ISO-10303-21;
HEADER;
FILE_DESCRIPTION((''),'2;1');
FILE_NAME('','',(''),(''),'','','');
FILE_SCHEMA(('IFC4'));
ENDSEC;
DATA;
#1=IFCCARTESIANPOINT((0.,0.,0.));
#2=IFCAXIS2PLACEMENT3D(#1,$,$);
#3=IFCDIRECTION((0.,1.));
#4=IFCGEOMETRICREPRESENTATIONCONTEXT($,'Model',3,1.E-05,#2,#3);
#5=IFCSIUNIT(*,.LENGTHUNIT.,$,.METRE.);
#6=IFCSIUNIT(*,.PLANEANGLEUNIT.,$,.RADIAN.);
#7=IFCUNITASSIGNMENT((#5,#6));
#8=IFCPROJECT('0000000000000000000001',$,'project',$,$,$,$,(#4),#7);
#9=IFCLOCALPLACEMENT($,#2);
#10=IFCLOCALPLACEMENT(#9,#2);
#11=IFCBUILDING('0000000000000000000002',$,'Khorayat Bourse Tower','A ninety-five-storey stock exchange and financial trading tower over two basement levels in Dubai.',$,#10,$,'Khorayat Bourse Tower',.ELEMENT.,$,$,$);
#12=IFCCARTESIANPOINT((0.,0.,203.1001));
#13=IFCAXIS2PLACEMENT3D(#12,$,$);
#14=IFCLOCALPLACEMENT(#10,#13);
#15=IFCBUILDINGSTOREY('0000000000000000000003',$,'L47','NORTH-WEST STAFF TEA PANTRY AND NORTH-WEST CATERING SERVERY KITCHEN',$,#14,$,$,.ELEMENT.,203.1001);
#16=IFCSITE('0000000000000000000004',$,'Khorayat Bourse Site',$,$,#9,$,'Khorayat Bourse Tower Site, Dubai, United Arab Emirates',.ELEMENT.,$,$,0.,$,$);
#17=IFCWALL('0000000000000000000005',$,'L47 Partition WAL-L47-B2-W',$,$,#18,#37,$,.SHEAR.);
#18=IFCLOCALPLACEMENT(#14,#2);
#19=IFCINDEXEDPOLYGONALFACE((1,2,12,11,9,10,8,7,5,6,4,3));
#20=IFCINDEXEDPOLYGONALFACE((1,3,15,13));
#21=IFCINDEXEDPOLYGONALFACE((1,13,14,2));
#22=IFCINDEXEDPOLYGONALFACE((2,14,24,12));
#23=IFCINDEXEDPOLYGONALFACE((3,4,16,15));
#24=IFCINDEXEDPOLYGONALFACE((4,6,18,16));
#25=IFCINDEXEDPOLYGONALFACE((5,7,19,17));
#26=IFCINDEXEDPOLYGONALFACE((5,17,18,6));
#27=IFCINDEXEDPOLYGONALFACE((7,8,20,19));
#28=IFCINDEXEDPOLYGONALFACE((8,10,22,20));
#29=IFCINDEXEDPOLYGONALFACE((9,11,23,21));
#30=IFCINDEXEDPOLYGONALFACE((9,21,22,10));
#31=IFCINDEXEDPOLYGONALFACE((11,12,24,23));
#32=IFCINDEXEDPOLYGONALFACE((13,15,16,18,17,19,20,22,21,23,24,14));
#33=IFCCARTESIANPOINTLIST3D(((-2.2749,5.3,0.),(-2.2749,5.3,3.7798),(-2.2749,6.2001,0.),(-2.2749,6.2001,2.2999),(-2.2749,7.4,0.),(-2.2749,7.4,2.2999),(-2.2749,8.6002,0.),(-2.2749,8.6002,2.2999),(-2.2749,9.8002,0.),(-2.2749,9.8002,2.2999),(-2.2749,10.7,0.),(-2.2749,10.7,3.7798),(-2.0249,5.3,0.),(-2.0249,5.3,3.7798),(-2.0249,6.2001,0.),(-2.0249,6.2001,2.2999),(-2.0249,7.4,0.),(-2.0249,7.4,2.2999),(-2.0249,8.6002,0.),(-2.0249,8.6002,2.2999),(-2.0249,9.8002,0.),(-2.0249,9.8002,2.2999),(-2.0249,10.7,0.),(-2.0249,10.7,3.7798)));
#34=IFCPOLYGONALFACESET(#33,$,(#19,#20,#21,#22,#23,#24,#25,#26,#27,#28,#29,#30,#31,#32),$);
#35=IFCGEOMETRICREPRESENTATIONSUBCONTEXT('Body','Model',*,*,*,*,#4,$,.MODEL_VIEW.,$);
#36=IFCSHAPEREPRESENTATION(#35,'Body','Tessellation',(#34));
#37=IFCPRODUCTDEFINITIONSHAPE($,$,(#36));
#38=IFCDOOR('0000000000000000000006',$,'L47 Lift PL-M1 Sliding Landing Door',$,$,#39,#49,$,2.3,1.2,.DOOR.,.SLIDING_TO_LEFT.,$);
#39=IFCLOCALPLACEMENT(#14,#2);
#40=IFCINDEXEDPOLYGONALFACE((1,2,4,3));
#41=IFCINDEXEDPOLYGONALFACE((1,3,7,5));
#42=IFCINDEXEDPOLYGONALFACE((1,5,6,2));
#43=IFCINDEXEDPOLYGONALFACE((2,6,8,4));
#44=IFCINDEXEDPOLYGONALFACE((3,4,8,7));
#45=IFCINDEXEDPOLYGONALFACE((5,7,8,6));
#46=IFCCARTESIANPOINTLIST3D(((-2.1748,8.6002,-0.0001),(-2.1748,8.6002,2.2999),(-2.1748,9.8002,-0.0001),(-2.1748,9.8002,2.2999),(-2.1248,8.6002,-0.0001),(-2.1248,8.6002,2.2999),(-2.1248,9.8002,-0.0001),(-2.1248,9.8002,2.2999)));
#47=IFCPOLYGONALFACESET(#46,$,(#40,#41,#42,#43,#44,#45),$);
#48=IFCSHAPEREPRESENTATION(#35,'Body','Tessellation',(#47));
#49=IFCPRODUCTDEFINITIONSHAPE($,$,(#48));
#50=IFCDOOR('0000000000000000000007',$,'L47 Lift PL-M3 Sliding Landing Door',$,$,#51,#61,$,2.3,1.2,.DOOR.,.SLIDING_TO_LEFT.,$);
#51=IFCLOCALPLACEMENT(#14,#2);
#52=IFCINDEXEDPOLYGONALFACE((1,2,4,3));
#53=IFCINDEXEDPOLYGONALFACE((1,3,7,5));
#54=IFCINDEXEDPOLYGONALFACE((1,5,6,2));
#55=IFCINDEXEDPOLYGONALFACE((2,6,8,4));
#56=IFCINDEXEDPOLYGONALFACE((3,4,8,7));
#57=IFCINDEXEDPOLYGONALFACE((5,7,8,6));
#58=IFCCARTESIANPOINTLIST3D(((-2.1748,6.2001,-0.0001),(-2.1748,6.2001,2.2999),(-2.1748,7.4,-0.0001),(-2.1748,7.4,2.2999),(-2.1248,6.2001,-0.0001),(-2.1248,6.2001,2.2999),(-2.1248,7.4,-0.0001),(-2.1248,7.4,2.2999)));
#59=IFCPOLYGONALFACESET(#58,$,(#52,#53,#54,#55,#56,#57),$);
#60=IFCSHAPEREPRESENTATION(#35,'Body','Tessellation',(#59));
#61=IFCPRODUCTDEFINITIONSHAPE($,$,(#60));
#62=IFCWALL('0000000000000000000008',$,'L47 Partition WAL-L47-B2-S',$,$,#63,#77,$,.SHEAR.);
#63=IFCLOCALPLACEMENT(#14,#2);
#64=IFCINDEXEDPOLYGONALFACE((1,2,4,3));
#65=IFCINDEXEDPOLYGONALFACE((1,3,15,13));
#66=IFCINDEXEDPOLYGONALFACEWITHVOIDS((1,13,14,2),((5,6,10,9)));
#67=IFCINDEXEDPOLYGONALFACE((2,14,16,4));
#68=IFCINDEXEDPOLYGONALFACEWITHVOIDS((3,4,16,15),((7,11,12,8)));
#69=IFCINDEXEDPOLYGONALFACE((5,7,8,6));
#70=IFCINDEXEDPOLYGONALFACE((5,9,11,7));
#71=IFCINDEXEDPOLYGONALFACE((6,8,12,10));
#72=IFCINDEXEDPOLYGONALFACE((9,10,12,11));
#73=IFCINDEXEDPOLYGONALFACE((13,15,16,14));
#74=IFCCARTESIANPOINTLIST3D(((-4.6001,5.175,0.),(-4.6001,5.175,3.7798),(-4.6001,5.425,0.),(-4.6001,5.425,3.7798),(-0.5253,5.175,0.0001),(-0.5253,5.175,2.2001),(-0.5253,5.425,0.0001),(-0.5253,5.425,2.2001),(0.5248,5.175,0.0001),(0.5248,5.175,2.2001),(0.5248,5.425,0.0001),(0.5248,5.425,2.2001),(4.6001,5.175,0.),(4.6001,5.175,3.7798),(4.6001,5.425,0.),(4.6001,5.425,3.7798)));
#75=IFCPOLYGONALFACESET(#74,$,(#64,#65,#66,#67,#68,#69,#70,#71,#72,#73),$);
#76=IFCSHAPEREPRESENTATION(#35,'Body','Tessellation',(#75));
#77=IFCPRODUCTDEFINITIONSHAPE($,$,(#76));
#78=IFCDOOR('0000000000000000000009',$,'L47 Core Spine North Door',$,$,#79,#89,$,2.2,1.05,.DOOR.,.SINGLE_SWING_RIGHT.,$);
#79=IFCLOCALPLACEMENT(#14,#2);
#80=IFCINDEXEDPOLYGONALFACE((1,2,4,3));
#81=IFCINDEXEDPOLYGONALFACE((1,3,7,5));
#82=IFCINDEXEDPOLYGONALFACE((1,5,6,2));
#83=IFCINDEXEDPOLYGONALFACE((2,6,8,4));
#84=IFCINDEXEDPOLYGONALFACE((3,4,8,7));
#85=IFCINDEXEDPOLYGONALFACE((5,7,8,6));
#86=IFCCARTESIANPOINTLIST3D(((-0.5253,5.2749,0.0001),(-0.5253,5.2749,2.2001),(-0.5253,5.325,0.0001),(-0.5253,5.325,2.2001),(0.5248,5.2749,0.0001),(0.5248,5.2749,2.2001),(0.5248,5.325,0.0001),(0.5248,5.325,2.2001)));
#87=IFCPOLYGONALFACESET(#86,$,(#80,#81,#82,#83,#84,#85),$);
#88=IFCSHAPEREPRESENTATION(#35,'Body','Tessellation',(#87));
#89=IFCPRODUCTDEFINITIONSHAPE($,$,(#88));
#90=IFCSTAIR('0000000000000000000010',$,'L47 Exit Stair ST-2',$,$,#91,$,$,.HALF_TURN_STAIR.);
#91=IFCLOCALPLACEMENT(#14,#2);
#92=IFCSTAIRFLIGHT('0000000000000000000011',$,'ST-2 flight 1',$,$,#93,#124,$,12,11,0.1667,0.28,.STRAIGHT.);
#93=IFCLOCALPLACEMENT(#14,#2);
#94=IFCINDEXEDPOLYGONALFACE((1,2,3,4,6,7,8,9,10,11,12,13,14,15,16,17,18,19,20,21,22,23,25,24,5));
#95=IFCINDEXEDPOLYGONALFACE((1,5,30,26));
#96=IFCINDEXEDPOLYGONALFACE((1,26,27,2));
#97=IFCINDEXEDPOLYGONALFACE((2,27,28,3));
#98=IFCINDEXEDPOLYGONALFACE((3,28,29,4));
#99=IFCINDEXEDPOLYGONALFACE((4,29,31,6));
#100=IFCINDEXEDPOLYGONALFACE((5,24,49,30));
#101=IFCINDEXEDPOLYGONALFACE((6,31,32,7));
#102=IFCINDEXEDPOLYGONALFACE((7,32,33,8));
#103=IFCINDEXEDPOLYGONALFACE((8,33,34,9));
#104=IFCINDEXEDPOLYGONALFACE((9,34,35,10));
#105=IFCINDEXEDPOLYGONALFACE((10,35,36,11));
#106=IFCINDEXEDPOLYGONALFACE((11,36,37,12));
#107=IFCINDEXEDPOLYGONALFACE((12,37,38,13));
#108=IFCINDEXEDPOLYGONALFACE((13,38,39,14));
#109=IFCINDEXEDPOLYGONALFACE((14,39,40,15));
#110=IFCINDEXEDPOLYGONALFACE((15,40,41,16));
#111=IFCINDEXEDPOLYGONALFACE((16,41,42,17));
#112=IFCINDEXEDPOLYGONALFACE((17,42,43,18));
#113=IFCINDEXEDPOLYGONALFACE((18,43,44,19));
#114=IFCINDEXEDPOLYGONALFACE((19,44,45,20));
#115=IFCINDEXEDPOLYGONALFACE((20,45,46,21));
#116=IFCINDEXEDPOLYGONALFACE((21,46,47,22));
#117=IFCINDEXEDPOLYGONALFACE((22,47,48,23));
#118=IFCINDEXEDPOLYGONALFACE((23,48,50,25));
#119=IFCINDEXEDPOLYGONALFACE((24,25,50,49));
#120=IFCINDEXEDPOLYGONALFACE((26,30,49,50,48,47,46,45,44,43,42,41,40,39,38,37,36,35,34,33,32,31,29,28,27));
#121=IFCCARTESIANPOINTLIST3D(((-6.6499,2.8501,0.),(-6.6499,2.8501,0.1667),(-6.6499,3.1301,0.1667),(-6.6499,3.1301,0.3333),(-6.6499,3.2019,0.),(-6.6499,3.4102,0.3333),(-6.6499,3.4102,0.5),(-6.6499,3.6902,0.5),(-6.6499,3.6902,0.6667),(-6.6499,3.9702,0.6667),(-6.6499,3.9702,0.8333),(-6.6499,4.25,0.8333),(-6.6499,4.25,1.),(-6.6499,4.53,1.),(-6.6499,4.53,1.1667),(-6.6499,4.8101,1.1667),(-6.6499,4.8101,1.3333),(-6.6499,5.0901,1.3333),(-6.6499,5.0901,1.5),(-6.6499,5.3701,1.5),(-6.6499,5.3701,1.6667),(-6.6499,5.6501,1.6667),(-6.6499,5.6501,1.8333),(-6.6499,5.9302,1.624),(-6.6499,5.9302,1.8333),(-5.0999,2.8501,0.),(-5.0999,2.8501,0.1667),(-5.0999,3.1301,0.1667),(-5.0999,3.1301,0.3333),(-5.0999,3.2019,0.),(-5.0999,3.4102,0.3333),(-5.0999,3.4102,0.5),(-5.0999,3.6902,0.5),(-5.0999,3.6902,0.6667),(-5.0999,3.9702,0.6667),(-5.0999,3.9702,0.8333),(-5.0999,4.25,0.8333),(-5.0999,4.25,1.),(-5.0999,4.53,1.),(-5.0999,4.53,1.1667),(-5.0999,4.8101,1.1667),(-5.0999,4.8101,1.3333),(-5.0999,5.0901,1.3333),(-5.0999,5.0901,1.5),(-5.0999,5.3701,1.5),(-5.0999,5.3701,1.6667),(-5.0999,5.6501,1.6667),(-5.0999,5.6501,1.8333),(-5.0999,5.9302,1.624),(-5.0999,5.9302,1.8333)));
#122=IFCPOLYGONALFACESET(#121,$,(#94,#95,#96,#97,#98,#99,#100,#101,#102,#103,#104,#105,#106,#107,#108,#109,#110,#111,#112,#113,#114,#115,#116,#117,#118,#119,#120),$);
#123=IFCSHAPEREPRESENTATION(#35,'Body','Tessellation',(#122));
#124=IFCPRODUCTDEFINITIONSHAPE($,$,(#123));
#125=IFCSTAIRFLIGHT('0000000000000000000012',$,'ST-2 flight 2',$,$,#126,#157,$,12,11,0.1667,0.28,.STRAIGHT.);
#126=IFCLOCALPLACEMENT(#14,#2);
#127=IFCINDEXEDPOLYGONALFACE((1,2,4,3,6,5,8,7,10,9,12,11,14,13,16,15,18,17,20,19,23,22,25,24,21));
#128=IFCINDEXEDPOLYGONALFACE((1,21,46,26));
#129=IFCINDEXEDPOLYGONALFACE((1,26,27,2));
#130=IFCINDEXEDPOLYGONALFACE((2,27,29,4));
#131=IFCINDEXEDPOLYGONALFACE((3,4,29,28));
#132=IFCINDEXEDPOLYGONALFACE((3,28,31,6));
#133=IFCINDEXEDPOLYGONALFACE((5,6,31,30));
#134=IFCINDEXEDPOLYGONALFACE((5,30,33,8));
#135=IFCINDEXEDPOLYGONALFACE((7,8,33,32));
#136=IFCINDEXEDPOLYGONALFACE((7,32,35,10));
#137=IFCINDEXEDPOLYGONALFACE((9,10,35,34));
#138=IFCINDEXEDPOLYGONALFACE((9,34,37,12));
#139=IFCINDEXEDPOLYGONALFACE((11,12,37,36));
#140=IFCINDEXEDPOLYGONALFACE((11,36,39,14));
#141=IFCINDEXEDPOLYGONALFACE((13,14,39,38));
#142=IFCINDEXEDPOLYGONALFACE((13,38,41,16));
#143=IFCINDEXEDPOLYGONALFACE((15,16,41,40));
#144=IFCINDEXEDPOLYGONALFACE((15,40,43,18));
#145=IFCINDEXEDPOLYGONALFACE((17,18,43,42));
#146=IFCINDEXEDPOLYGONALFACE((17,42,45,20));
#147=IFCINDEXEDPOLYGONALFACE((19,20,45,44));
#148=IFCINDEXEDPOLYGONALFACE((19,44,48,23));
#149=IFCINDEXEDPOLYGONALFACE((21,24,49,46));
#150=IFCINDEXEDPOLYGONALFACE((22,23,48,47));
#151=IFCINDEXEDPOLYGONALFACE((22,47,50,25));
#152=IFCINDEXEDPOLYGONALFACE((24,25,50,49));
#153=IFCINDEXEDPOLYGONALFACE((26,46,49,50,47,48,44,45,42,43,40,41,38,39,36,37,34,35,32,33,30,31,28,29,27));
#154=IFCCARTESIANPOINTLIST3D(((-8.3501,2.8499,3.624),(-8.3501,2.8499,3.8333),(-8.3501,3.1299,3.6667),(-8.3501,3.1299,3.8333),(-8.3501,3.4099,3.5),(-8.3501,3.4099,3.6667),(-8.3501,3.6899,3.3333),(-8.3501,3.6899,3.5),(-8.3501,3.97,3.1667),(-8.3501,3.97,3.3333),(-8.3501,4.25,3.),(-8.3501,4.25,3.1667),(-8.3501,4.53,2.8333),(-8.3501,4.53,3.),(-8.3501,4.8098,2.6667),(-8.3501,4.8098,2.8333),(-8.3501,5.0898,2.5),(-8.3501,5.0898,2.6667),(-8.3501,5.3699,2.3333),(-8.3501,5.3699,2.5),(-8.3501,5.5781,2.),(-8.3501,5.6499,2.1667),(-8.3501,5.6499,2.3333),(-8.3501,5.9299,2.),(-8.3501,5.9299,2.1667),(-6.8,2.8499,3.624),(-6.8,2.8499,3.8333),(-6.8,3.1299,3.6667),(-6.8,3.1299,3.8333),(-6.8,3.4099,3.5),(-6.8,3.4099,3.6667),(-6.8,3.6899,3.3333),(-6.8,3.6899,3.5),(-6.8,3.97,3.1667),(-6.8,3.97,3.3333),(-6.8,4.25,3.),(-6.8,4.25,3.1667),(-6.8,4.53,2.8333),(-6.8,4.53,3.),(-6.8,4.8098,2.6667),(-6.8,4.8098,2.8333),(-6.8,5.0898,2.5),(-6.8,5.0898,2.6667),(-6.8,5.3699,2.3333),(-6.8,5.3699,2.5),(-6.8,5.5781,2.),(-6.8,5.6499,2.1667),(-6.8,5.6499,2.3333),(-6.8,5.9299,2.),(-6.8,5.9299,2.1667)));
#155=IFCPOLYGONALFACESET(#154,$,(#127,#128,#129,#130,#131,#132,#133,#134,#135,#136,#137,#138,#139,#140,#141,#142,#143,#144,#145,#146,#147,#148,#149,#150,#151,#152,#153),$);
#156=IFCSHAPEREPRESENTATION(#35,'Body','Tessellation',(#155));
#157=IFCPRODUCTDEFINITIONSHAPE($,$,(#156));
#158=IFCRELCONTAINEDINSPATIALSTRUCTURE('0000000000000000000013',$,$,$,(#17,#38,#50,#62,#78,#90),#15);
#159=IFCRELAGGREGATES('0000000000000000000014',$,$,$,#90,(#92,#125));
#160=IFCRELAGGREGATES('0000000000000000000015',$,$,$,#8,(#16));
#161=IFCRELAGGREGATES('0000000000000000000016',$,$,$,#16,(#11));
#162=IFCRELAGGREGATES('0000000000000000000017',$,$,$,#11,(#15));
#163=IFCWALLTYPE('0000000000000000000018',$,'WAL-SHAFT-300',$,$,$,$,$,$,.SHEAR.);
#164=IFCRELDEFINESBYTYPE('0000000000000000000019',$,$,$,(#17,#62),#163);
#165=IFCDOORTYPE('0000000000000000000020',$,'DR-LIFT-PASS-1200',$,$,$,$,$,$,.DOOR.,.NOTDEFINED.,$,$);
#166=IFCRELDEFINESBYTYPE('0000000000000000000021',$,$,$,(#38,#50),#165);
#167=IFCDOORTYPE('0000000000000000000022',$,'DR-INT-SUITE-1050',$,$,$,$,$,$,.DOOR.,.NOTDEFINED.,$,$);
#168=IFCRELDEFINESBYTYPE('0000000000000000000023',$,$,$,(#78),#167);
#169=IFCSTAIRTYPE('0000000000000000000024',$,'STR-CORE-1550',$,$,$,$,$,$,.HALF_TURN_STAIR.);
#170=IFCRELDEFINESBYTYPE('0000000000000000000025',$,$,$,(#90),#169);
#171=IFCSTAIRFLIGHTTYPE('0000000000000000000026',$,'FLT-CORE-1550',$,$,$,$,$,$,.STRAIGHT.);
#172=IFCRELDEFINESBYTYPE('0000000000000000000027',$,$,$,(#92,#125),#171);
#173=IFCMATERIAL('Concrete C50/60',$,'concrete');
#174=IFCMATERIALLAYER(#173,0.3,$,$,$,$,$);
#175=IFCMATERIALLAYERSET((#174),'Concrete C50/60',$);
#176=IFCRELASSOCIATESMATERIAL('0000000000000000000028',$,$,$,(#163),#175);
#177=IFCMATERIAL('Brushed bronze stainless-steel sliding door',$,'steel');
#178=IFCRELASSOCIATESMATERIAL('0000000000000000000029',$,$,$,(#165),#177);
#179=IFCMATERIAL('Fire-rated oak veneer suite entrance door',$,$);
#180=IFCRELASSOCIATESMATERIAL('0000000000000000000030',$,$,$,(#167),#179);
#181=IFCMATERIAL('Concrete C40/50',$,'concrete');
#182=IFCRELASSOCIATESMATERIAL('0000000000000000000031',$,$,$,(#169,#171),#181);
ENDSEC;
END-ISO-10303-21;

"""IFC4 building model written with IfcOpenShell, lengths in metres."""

from ifc_helpers import new_model, si_unit, direction, frame, frame_2d, origin, place, context, subcontext, project, spatial, polyline, rectangle, outline, extrude, source, transform, mapped, material, layer, layer_set, type_object, element, fill, aggregate, save


model = new_model("IFC4")

# Units and contexts
model_context = context("Model", 3, precision=1e-05, world=origin(), true_north=direction((0.0, 1.0)))
body_context = subcontext(model_context, "Body", "Model", "MODEL_VIEW")
ifc_project = project(units=[si_unit("LENGTHUNIT", "METRE"), si_unit("PLANEANGLEUNIT", "RADIAN")], contexts=[model_context])

# Site, building, storey
site_placement = place(None, origin())
site = spatial("IfcSite", under=ifc_project, at=site_placement, Name="Khorayat Bourse Site", LongName="Khorayat Bourse Tower Site, Dubai, United Arab Emirates", CompositionType="ELEMENT", RefElevation=0.0)
building_placement = place(site_placement, origin())
building = spatial("IfcBuilding", under=site, at=building_placement, Name="Khorayat Bourse Tower", Description="A ninety-five-storey stock exchange and financial trading tower over two basement levels in Dubai.", LongName="Khorayat Bourse Tower", CompositionType="ELEMENT")
storey_placement = place(building_placement, frame((0.0, 0.0, 203.1001)))
storey = spatial("IfcBuildingStorey", under=building, at=storey_placement, Name="L47", Description="NORTH-WEST STAFF TEA PANTRY AND NORTH-WEST CATERING SERVERY KITCHEN", CompositionType="ELEMENT", Elevation=203.1001)

# Shared definitions
ifc_material_1 = material(Name="Concrete C40/50", Category="concrete")

# Shared definitions
ifc_material_2 = material(Name="Concrete C50/60", Category="concrete")
ifc_layer_1 = layer(ifc_material_2, 0.3)
ifc_layer_set_1 = layer_set([ifc_layer_1], Name="Concrete C50/60")
wall_type_1 = type_object("IfcWallType", Name="WAL-SHAFT-300", PredefinedType="SHEAR", material=ifc_layer_set_1)

# Wall, openings, doors
shared_shape_1 = source(origin(), body_context, "Body", "SweptSolid", [
    extrude(rectangle(XDim=5.3999, YDim=0.25, at=frame_2d((2.7, 0.0))), origin(), (0.0, 0.0, 1.0), 3.7798),
])
wall_1_placement = place(storey_placement, frame((-2.1499, 5.3, 0.0), z_axis=(0.0, 0.0, 1.0), x_axis=(0.0, 1.0, 0.0)))
wall_1 = element("IfcWall", 1, at=wall_1_placement, inside=storey, type_object=wall_type_1, Name="L47 Partition WAL-L47-B2-W", PredefinedType="SHEAR", context=body_context, shape_type="MappedRepresentation", body=[
    mapped(shared_shape_1, transform((0.0, 0.0, 0.0), scale=1.0)),
])
shared_shape_2 = source(origin(), body_context, "Body", "SweptSolid", [
    extrude(rectangle(XDim=1.2, YDim=2.3, at=frame_2d((0.6001, 1.1499))), frame((0.0, 0.135, 0.0), z_axis=(0.0, -1.0, 0.0), x_axis=(1.0, 0.0, 0.0)), (0.0, 0.0, 1.0), 0.27),
])
opening_1_placement = place(wall_1_placement, frame((3.3, 0.0, 0.0)))
opening_1 = element("IfcOpeningElement", 2, at=opening_1_placement, cuts=wall_1, PredefinedType="OPENING", context=body_context, shape_type="MappedRepresentation", body=[
    mapped(shared_shape_2, transform((0.0, 0.0, 0.0), scale=1.0)),
])
opening_2_placement = place(wall_1_placement, frame((0.8999, 0.0, 0.0)))
opening_2 = element("IfcOpeningElement", 3, at=opening_2_placement, cuts=wall_1, PredefinedType="OPENING", context=body_context, shape_type="MappedRepresentation", body=[
    mapped(shared_shape_2, transform((0.0, 0.0, 0.0), scale=1.0)),
])
ifc_material_3 = material(Name="Brushed bronze stainless-steel sliding door", Category="steel")
door_type_1 = type_object("IfcDoorType", Name="DR-LIFT-PASS-1200", OperationType="NOTDEFINED", PredefinedType="DOOR", material=ifc_material_3)
shared_shape_3 = source(origin(), body_context, "Body", "SweptSolid", [
    extrude(rectangle(XDim=1.2, YDim=2.3, at=frame_2d((0.6001, 1.1499))), frame((0.0, 0.0249, 0.0), z_axis=(0.0, -1.0, 0.0), x_axis=(1.0, 0.0, 0.0)), (0.0, 0.0, 1.0), 0.05),
])
door_1_placement = place(opening_1_placement, origin())
door_1 = element("IfcDoor", 4, at=door_1_placement, inside=storey, type_object=door_type_1, Name="L47 Lift PL-M1 Sliding Landing Door", OperationType="SLIDING_TO_LEFT", OverallHeight=2.3, OverallWidth=1.2, PredefinedType="DOOR", context=body_context, shape_type="MappedRepresentation", body=[
    mapped(shared_shape_3, transform((0.0, 0.0, 0.0), scale=1.0)),
])
fill(opening_1, door_1)
door_2_placement = place(opening_2_placement, origin())
door_2 = element("IfcDoor", 5, at=door_2_placement, inside=storey, type_object=door_type_1, Name="L47 Lift PL-M3 Sliding Landing Door", OperationType="SLIDING_TO_LEFT", OverallHeight=2.3, OverallWidth=1.2, PredefinedType="DOOR", context=body_context, shape_type="MappedRepresentation", body=[
    mapped(shared_shape_3, transform((0.0, 0.0, 0.0), scale=1.0)),
])
fill(opening_2, door_2)

# Wall, opening, door
shared_shape_4 = source(origin(), body_context, "Body", "SweptSolid", [
    extrude(rectangle(XDim=9.2002, YDim=0.25, at=frame_2d((4.6001, 0.0))), origin(), (0.0, 0.0, 1.0), 3.7798),
])
wall_2_placement = place(storey_placement, frame((-4.6001, 5.3, 0.0), z_axis=(0.0, 0.0, 1.0), x_axis=(1.0, 0.0, 0.0)))
wall_2 = element("IfcWall", 6, at=wall_2_placement, inside=storey, type_object=wall_type_1, Name="L47 Partition WAL-L47-B2-S", PredefinedType="SHEAR", context=body_context, shape_type="MappedRepresentation", body=[
    mapped(shared_shape_4, transform((0.0, 0.0, 0.0), scale=1.0)),
])
shared_shape_5 = source(origin(), body_context, "Body", "SweptSolid", [
    extrude(rectangle(XDim=1.05, YDim=2.2, at=frame_2d((0.5249, 1.1001))), frame((0.0, 0.135, 0.0), z_axis=(0.0, -1.0, 0.0), x_axis=(1.0, 0.0, 0.0)), (0.0, 0.0, 1.0), 0.27),
])
opening_3_placement = place(wall_2_placement, frame((4.075, 0.0, 0.0)))
opening_3 = element("IfcOpeningElement", 7, at=opening_3_placement, cuts=wall_2, PredefinedType="OPENING", context=body_context, shape_type="MappedRepresentation", body=[
    mapped(shared_shape_5, transform((0.0, 0.0, 0.0), scale=1.0)),
])
ifc_material_4 = material(Name="Fire-rated oak veneer suite entrance door")
door_type_2 = type_object("IfcDoorType", Name="DR-INT-SUITE-1050", OperationType="NOTDEFINED", PredefinedType="DOOR", material=ifc_material_4)
shared_shape_6 = source(origin(), body_context, "Body", "SweptSolid", [
    extrude(rectangle(XDim=1.05, YDim=2.2, at=frame_2d((0.5249, 1.1001))), frame((0.0, 0.0249, 0.0), z_axis=(0.0, -1.0, 0.0), x_axis=(1.0, 0.0, 0.0)), (0.0, 0.0, 1.0), 0.05),
])
door_3_placement = place(opening_3_placement, origin())
door_3 = element("IfcDoor", 8, at=door_3_placement, inside=storey, type_object=door_type_2, Name="L47 Core Spine North Door", OperationType="SINGLE_SWING_RIGHT", OverallHeight=2.2, OverallWidth=1.05, PredefinedType="DOOR", context=body_context, shape_type="MappedRepresentation", body=[
    mapped(shared_shape_6, transform((0.0, 0.0, 0.0), scale=1.0)),
])
fill(opening_3, door_3)

# Stair, stair flights
stair_type = type_object("IfcStairType", Name="STR-CORE-1550", PredefinedType="HALF_TURN_STAIR", material=ifc_material_1)
stair_placement = place(storey_placement, origin())
stair = element("IfcStair", 9, at=stair_placement, inside=storey, type_object=stair_type, Name="L47 Exit Stair ST-2", PredefinedType="HALF_TURN_STAIR")
stair_flight_type = type_object("IfcStairFlightType", Name="FLT-CORE-1550", PredefinedType="STRAIGHT", material=ifc_material_1)
shared_shape_7 = source(origin(), body_context, "Body", "SweptSolid", [
    extrude(outline(polyline([(0.0, 0.0), (0.0, 0.1667), (0.28, 0.1667), (0.28, 0.3333), (0.5601, 0.3333), (0.5601, 0.5), (0.8401, 0.5), (0.8401, 0.6667), (1.1201, 0.6667), (1.1201, 0.8333), (1.3999, 0.8333), (1.3999, 1.0), (1.6799, 1.0), (1.6799, 1.1667), (1.96, 1.1667), (1.96, 1.3333), (2.24, 1.3333), (2.24, 1.5), (2.52, 1.5), (2.52, 1.6667), (2.8, 1.6667), (2.8, 1.8333), (3.0801, 1.8333), (3.0801, 2.0), (3.0801, 1.624), (0.3518, 0.0), (0.0, 0.0)])), frame((0.0, 0.7749, 0.0), z_axis=(0.0, -1.0, 0.0), x_axis=(1.0, 0.0, 0.0)), (0.0, 0.0, 1.0), 1.55),
])
stair_flight_1_placement = place(storey_placement, frame((-5.875, 2.8501, 0.0), z_axis=(0.0, 0.0, 1.0), x_axis=(0.0, 1.0, 0.0)))
stair_flight_1 = element("IfcStairFlight", 10, at=stair_flight_1_placement, type_object=stair_flight_type, Name="ST-2 flight 1", NumberOfRisers=12, NumberOfTreads=11, PredefinedType="STRAIGHT", RiserHeight=0.1667, TreadLength=0.28, context=body_context, shape_type="MappedRepresentation", body=[
    mapped(shared_shape_7, transform((0.0, 0.0, 0.0), scale=1.0)),
])
stair_flight_2_placement = place(storey_placement, frame((-7.575, 5.9299, 2.0), z_axis=(0.0, 0.0, 1.0), x_axis=(0.0, -1.0, 0.0)))
stair_flight_2 = element("IfcStairFlight", 11, at=stair_flight_2_placement, type_object=stair_flight_type, Name="ST-2 flight 2", NumberOfRisers=12, NumberOfTreads=11, PredefinedType="STRAIGHT", RiserHeight=0.1667, TreadLength=0.28, context=body_context, shape_type="MappedRepresentation", body=[
    mapped(shared_shape_7, transform((0.0, 0.0, 0.0), scale=1.0)),
])
aggregate(stair, [stair_flight_1, stair_flight_2])

save(model, "model.ifc")
